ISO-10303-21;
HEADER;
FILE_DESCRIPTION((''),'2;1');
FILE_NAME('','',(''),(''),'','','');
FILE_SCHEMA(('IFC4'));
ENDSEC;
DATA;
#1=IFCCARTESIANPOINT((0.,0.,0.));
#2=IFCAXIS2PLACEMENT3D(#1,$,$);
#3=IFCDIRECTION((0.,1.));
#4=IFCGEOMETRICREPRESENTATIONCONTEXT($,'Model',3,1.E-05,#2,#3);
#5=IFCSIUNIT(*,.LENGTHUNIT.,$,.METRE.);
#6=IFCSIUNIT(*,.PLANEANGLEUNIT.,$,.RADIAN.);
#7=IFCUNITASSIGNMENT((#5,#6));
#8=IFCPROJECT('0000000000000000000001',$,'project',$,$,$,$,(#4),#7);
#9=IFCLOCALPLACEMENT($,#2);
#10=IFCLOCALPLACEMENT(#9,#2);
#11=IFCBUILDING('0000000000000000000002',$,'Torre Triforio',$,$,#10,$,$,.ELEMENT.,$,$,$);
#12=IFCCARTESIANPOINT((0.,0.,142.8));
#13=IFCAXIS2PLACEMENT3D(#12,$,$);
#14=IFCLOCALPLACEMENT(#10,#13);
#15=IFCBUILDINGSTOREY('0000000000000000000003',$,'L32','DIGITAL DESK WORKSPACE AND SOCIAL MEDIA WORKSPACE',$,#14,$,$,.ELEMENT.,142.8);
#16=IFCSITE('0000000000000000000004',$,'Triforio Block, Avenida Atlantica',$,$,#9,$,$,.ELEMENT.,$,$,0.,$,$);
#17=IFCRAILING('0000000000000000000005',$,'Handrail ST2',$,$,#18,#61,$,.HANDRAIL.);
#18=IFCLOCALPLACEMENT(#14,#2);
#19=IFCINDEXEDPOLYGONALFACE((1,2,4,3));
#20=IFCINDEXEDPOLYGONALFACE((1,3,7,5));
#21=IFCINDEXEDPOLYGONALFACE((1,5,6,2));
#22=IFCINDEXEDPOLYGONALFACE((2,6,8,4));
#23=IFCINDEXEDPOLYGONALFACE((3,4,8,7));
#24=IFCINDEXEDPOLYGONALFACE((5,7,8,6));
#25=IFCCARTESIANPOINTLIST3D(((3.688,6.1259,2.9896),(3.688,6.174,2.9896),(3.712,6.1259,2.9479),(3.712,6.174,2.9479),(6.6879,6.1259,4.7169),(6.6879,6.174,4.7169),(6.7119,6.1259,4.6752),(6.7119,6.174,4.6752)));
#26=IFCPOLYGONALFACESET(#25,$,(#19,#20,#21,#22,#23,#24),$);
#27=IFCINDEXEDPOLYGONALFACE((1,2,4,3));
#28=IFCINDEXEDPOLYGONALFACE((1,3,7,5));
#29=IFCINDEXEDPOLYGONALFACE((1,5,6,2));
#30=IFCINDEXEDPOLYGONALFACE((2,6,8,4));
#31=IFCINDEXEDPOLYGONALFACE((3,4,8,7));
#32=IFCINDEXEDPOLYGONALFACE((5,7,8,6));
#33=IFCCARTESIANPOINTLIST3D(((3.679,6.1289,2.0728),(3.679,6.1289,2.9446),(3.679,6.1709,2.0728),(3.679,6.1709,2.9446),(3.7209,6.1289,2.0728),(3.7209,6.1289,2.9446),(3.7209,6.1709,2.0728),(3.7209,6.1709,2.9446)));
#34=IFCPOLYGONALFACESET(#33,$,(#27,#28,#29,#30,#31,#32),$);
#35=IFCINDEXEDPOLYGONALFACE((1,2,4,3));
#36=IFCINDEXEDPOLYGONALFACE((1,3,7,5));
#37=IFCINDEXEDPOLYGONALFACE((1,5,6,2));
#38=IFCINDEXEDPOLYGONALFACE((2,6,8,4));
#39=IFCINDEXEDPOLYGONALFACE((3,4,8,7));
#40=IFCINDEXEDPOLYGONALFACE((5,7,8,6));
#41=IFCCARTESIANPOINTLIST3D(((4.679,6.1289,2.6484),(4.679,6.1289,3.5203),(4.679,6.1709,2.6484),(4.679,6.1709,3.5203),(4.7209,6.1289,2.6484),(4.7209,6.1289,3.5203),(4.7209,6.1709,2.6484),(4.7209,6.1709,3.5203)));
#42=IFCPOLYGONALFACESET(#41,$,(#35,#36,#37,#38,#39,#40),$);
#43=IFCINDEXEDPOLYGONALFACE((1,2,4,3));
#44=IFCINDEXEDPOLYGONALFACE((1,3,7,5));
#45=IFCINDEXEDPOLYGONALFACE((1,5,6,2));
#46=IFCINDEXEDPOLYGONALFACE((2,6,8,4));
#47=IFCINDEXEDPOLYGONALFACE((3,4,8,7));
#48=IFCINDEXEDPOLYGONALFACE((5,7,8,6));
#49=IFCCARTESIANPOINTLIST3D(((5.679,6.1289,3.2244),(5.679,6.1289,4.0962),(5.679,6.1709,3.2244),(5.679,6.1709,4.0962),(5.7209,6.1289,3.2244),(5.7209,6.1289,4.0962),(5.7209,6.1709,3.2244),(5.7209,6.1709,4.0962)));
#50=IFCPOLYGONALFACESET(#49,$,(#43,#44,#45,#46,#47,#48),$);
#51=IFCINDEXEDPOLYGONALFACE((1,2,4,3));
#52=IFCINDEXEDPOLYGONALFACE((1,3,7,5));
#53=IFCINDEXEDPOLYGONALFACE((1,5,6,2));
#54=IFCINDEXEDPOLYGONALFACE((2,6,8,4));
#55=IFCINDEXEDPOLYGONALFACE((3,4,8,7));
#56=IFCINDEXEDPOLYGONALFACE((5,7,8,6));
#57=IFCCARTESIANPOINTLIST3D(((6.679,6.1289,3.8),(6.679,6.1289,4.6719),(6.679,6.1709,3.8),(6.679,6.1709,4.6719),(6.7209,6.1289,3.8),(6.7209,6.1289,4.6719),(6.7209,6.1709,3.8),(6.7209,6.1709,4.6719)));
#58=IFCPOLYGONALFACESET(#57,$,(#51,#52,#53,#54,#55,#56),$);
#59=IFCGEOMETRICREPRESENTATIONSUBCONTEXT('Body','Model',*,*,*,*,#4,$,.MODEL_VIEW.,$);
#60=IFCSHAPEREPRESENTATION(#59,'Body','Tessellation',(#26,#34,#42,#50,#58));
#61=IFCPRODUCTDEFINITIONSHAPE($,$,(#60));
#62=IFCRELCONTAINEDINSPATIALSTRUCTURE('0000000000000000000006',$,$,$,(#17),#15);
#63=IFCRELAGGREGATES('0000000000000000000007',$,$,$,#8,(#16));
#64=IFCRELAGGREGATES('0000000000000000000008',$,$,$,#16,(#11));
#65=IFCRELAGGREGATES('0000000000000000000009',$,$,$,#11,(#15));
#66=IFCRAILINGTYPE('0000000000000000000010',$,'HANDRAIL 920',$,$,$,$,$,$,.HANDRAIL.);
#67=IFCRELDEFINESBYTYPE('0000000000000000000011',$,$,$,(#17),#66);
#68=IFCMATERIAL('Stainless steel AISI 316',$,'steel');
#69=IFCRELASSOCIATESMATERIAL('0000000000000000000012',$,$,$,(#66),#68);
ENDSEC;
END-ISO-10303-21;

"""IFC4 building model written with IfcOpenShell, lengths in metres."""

from ifc_helpers import new_model, si_unit, direction, frame, origin, origin_2d, place, context, subcontext, project, spatial, rectangle, extrude, material, type_object, element, save


model = new_model("IFC4")

# Units and contexts
model_context = context("Model", 3, precision=1e-05, world=origin(), true_north=direction((0.0, 1.0)))
body_context = subcontext(model_context, "Body", "Model", "MODEL_VIEW")
ifc_project = project(units=[si_unit("LENGTHUNIT", "METRE"), si_unit("PLANEANGLEUNIT", "RADIAN")], contexts=[model_context])

# Site, building, storey
site_placement = place(None, origin())
site = spatial("IfcSite", under=ifc_project, at=site_placement, Name="Triforio Block, Avenida Atlantica", CompositionType="ELEMENT", RefElevation=0.0)
building_placement = place(site_placement, origin())
building = spatial("IfcBuilding", under=site, at=building_placement, Name="Torre Triforio", CompositionType="ELEMENT")
storey_placement = place(building_placement, frame((0.0, 0.0, 142.8)))
storey = spatial("IfcBuildingStorey", under=building, at=storey_placement, Name="L32", Description="DIGITAL DESK WORKSPACE AND SOCIAL MEDIA WORKSPACE", CompositionType="ELEMENT", Elevation=142.8)

# Railing
ifc_material_1 = material(Name="Stainless steel AISI 316", Category="steel")
railing_type = type_object("IfcRailingType", Name="HANDRAIL 920", PredefinedType="HANDRAIL", material=ifc_material_1)
for number, where, name in (
    (1, (3.7, 6.1499, 2.0728), "Handrail ST2"),
):
    element("IfcRailing", number, at=place(storey_placement, frame(where)), inside=storey, type_object=railing_type, Name=name, PredefinedType="HANDRAIL", context=body_context, shape_type="SweptSolid", body=[
        extrude(rectangle(XDim=0.0481, YDim=0.0481, at=origin_2d()), frame((0.0, 0.0, 0.896), z_axis=(0.86662, 0.0, 0.498969), x_axis=(0.0, 1.0, 0.0)), (0.0, 0.0, 1.0), 3.4617),
        extrude(rectangle(XDim=0.042, YDim=0.042, at=origin_2d()), origin(), (0.0, 0.0, 1.0), 0.8718),
        extrude(rectangle(XDim=0.042, YDim=0.042, at=origin_2d()), frame((1.0, 0.0, 0.5757)), (0.0, 0.0, 1.0), 0.8718),
        extrude(rectangle(XDim=0.042, YDim=0.042, at=origin_2d()), frame((2.0, 0.0, 1.1516)), (0.0, 0.0, 1.0), 0.8718),
        extrude(rectangle(XDim=0.042, YDim=0.042, at=origin_2d()), frame((3.0, 0.0, 1.7273)), (0.0, 0.0, 1.0), 0.8718),
    ])

save(model, "model.ifc")
